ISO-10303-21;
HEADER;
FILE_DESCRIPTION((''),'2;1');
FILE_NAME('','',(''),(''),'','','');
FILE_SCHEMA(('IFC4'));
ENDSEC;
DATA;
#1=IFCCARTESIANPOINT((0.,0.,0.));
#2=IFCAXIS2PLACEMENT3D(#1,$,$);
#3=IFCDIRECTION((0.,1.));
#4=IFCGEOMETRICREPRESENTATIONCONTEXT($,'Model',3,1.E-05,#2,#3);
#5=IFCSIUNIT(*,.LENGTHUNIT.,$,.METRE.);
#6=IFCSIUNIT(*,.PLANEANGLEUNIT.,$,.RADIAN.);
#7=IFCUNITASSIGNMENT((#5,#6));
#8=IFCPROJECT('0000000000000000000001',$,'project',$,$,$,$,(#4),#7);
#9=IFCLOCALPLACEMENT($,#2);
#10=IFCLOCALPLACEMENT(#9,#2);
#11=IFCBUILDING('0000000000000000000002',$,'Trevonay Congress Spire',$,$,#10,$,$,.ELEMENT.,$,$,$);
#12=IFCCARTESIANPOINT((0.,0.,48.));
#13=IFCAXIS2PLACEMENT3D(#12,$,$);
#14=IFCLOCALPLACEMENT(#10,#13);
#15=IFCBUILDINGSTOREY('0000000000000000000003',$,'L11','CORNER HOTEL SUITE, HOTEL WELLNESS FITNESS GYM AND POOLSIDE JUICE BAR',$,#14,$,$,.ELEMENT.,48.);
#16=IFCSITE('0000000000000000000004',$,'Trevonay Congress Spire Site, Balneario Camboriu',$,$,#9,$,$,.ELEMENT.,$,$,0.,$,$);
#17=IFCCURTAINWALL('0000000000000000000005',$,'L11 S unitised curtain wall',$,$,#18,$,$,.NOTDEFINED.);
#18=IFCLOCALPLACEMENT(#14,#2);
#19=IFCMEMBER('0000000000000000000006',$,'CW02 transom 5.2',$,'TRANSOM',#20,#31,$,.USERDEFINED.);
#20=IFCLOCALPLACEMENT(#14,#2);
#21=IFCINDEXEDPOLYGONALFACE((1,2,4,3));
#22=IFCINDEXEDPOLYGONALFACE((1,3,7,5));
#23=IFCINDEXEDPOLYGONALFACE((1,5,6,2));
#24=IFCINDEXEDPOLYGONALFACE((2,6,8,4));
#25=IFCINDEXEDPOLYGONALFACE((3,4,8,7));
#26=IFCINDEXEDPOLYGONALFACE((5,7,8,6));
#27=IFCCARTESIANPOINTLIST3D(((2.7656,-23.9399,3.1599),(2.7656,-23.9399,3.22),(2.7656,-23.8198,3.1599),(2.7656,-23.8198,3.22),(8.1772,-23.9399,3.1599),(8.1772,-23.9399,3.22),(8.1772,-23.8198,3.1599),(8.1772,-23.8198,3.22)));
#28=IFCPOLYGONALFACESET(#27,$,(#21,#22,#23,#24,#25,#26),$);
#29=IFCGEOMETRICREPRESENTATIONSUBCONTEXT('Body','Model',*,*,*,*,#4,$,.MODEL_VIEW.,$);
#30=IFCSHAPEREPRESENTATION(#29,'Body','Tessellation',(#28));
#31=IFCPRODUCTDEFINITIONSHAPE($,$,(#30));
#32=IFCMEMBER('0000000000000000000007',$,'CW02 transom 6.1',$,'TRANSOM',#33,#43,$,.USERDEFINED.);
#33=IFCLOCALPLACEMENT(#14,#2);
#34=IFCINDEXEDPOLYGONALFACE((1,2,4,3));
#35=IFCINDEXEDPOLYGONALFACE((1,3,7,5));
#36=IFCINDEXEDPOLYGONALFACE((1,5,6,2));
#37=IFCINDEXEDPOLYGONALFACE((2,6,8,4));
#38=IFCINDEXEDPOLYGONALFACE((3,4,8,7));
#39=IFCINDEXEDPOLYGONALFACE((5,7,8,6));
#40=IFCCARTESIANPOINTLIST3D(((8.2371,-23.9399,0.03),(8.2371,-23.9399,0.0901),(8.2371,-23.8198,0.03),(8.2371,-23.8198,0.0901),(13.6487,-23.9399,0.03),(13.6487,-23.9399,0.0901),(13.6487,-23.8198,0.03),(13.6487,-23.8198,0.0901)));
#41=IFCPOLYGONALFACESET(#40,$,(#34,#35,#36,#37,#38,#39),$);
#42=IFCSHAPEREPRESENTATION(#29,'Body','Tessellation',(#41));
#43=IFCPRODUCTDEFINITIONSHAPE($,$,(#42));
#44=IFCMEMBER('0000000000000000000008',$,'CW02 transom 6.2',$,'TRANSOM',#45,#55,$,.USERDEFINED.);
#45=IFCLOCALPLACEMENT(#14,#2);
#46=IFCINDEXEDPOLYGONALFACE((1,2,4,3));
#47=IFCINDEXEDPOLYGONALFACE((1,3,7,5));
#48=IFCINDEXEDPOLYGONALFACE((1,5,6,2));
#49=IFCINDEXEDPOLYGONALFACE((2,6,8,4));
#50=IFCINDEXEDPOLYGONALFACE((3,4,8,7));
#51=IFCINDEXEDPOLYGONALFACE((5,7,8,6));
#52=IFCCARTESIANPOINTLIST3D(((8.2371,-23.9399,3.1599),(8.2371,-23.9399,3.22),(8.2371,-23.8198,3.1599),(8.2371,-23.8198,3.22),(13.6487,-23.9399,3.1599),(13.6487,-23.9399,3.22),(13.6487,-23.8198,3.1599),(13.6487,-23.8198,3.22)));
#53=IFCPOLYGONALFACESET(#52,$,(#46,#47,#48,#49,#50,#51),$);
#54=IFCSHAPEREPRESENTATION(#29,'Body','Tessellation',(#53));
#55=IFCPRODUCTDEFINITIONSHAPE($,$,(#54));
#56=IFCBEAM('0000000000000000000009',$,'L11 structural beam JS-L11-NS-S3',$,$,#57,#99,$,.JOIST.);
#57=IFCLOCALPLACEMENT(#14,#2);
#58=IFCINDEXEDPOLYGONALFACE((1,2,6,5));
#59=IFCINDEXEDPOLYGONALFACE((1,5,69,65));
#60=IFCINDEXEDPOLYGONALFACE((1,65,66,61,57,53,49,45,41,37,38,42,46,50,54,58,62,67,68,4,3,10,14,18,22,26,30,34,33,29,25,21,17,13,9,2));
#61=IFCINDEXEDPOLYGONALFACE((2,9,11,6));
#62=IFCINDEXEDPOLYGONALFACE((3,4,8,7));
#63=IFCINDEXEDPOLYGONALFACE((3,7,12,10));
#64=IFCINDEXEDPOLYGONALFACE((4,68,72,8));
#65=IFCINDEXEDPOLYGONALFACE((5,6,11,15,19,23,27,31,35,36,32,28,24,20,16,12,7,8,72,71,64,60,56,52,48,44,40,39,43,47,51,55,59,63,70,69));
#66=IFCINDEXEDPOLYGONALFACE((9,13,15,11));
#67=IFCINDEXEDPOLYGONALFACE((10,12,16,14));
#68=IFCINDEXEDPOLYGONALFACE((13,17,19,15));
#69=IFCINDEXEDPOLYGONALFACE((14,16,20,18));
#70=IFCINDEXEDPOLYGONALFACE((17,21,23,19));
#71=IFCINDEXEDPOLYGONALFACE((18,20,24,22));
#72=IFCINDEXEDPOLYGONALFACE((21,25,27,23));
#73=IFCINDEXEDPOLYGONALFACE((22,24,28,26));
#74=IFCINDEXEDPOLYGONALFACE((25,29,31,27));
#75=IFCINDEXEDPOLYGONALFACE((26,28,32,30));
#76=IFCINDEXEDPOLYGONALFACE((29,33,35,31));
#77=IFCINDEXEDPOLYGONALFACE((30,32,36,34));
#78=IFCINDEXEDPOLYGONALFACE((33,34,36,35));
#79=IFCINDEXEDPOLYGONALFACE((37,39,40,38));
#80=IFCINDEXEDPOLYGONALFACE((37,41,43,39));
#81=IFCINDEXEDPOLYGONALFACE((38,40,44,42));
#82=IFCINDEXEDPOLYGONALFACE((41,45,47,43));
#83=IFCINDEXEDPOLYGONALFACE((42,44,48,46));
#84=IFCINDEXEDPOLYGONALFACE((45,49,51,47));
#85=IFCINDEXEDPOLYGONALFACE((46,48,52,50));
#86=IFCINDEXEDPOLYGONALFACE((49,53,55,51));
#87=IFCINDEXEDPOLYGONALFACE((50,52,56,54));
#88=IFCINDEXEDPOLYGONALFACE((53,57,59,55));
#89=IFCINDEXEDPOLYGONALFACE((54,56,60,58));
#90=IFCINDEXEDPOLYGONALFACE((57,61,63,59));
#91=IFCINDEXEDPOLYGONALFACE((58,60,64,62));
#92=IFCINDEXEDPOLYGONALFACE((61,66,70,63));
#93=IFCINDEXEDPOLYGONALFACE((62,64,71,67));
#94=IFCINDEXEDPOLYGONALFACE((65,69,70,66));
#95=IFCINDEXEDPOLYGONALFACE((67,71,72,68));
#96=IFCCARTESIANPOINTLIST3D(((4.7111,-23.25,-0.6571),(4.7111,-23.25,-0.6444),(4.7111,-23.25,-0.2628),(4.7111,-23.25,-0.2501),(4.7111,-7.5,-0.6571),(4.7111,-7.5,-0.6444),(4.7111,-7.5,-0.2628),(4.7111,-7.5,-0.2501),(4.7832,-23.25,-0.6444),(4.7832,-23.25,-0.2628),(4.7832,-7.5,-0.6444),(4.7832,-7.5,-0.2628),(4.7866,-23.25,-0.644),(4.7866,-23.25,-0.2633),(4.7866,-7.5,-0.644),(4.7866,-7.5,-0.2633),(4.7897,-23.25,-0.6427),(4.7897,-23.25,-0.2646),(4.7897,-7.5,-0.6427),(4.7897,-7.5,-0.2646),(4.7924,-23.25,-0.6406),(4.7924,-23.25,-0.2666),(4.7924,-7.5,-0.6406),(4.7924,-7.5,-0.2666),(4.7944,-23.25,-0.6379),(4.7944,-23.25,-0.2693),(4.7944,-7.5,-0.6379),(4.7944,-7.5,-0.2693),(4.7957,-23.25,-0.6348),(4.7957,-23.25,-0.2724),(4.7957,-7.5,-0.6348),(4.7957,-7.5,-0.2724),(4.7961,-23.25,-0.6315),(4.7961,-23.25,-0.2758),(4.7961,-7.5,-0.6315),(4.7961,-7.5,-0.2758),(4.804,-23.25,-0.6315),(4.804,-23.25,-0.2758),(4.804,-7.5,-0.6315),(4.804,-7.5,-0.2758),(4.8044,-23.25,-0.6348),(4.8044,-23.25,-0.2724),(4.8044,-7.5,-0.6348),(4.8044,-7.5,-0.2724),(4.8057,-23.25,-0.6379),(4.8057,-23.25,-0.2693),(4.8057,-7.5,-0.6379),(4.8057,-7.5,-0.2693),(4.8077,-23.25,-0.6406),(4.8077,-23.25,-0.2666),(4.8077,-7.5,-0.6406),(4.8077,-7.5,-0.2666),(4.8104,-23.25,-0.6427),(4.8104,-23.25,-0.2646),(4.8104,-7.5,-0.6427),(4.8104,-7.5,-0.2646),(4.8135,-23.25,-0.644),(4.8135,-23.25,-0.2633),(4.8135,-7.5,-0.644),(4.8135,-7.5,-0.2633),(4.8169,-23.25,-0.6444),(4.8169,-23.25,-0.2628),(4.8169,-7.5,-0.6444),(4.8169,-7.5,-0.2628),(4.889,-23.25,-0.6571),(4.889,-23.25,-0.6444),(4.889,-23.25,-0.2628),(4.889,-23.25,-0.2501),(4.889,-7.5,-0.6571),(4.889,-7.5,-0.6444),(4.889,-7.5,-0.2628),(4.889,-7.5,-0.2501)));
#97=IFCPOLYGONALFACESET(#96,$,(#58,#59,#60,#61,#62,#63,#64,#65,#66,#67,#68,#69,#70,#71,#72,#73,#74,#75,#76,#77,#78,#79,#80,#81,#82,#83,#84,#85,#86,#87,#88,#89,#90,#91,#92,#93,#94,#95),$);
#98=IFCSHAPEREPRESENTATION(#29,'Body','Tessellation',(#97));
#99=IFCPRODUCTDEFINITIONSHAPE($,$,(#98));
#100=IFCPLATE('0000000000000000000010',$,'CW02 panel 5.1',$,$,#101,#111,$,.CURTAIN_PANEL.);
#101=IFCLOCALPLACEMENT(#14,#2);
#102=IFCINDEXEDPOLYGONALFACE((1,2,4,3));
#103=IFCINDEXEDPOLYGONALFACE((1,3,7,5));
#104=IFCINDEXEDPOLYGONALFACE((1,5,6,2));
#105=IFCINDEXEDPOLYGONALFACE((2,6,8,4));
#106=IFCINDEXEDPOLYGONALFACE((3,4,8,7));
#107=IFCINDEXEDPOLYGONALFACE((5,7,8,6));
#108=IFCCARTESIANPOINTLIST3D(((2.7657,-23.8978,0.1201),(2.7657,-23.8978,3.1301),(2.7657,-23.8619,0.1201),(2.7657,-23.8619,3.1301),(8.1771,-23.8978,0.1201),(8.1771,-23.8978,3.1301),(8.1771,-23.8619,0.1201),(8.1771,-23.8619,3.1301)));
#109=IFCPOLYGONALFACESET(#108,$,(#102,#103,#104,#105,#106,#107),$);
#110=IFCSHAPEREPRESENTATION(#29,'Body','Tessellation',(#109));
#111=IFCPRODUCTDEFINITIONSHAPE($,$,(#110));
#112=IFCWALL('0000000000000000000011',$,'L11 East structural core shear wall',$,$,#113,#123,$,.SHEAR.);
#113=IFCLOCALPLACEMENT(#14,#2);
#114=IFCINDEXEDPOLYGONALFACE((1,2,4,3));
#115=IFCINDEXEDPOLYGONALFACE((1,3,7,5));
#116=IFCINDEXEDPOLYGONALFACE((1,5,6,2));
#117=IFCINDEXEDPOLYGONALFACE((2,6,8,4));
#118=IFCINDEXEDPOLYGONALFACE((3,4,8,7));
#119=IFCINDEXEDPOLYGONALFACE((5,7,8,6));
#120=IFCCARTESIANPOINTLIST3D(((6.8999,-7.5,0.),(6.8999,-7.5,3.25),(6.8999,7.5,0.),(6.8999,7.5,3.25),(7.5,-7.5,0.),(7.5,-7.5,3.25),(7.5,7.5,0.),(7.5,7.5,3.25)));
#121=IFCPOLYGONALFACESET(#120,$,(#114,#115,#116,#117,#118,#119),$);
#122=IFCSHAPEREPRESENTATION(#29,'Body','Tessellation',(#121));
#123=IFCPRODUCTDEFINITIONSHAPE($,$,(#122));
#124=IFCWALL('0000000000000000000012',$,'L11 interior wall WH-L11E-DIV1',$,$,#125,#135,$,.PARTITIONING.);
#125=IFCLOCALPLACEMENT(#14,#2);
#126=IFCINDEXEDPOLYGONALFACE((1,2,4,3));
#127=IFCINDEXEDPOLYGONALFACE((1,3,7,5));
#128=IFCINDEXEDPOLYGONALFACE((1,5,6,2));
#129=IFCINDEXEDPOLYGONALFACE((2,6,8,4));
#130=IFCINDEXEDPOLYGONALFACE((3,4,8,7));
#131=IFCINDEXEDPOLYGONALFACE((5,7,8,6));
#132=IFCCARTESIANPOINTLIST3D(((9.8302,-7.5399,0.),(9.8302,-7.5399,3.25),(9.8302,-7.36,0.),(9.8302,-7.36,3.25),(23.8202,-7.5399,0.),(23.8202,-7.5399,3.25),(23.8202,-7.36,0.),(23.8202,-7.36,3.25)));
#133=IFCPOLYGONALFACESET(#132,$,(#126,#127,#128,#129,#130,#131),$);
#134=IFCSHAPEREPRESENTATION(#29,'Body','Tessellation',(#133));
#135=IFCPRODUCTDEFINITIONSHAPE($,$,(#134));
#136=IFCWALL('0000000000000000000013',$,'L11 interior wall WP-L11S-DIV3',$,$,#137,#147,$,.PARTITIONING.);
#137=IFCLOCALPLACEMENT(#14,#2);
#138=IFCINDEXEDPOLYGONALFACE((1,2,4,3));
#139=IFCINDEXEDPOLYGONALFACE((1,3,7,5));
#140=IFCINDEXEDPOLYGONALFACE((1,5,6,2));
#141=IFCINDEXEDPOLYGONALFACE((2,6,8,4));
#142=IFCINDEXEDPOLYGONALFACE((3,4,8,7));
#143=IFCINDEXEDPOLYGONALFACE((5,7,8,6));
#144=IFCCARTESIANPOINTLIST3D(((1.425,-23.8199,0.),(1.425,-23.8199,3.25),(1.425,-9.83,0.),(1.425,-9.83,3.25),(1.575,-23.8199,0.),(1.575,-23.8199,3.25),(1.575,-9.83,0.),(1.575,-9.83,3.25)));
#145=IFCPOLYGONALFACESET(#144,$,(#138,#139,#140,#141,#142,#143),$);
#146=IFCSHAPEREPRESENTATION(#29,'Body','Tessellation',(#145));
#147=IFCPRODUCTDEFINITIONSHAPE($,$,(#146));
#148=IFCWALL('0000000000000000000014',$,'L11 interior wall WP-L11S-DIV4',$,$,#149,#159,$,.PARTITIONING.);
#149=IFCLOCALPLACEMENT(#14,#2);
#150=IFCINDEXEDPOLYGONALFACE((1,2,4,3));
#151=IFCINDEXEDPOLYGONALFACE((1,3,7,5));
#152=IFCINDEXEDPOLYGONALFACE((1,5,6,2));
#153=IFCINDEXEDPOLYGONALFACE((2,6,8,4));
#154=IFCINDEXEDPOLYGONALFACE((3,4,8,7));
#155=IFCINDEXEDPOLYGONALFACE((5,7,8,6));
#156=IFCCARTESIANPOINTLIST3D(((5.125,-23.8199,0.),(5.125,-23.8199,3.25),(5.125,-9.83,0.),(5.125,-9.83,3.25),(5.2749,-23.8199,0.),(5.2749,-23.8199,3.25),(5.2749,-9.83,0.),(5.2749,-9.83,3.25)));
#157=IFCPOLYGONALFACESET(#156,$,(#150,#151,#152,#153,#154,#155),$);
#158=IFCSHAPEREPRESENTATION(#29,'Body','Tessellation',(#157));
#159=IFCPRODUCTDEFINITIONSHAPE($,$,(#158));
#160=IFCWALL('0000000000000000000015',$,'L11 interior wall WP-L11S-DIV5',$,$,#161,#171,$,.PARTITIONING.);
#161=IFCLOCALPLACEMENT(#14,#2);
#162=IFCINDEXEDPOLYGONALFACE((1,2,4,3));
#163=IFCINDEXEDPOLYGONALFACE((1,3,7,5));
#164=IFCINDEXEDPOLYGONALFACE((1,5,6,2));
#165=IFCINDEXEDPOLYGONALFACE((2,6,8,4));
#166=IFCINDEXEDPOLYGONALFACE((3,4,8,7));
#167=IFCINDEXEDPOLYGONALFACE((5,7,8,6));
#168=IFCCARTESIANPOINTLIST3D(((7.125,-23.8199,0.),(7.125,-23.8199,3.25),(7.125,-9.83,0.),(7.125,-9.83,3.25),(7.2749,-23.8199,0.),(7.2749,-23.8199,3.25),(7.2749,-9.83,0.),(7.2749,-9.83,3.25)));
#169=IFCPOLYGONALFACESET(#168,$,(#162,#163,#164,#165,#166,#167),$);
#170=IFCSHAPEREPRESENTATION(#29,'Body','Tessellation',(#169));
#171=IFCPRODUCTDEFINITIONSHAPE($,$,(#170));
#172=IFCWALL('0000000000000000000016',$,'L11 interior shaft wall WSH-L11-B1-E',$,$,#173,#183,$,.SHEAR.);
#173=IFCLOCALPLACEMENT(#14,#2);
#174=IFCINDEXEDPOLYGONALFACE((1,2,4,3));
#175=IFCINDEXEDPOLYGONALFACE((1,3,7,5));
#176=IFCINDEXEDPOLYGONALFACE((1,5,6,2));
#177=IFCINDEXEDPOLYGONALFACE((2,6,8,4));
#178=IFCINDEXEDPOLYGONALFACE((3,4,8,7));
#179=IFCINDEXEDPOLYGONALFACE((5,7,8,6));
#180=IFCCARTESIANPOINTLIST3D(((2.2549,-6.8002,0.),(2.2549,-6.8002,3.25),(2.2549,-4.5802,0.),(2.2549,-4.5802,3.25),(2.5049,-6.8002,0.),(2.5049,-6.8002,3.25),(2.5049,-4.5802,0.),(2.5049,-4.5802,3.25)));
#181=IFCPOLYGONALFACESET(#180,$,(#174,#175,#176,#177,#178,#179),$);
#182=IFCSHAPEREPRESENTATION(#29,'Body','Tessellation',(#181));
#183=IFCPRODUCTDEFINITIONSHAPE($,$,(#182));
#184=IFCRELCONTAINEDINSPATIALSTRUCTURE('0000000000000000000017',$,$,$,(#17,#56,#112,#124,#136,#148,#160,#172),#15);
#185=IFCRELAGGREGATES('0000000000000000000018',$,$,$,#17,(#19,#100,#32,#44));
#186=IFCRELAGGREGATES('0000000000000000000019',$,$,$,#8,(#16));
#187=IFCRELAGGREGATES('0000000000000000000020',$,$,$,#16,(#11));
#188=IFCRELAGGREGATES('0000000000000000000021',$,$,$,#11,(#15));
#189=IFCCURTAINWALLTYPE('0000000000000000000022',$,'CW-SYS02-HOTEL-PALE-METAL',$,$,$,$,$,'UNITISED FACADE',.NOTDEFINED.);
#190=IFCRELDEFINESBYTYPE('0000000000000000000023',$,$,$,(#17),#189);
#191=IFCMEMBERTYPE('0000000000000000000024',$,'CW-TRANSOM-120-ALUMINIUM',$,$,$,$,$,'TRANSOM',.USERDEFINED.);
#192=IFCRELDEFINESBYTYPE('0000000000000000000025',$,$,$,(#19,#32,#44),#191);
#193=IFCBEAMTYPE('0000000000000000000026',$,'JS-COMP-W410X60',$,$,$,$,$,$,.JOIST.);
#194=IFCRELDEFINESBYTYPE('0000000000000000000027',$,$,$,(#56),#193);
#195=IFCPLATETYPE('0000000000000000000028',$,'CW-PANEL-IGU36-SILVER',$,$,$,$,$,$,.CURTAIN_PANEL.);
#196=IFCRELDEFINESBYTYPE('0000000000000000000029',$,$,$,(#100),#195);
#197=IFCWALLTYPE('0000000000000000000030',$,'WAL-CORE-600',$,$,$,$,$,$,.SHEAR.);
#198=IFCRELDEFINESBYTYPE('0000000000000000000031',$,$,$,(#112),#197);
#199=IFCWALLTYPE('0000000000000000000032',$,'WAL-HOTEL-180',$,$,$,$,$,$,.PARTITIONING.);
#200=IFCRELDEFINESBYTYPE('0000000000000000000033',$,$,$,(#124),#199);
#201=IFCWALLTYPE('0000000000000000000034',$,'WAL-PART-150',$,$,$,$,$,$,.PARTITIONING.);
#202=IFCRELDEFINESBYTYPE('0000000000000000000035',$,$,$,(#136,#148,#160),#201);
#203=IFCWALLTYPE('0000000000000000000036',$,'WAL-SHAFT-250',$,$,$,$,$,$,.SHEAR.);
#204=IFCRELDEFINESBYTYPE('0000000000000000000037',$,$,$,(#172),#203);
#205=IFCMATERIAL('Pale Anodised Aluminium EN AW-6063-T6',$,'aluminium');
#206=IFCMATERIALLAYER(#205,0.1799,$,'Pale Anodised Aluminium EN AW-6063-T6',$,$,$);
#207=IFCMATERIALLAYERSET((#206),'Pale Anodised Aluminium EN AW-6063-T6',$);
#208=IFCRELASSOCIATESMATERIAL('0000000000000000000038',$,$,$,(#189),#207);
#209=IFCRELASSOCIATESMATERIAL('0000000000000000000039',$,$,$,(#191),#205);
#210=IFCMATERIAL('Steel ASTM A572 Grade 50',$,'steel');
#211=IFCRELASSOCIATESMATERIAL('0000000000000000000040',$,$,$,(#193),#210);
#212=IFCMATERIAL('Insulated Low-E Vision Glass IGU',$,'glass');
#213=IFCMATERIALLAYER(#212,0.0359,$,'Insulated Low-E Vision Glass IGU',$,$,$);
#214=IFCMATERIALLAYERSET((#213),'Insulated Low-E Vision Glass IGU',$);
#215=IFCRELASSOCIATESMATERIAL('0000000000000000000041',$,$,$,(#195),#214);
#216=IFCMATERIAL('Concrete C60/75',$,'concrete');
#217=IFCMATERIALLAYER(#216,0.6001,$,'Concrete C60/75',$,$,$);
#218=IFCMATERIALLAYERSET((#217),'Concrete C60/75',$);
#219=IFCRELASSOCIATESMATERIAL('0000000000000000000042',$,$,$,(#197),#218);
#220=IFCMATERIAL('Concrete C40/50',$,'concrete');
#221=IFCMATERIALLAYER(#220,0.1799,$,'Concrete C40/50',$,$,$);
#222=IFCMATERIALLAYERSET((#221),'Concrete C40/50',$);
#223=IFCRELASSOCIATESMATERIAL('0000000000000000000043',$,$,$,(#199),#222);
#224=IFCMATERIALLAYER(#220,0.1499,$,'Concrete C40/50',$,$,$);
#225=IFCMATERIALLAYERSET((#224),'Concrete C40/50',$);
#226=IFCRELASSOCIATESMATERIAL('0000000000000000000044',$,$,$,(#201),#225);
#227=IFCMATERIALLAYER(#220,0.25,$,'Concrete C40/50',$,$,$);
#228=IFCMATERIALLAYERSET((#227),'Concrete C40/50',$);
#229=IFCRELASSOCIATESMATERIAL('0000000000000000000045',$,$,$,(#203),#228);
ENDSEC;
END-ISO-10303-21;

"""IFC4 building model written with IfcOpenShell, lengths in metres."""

from ifc_helpers import new_model, si_unit, direction, frame, frame_2d, origin, origin_2d, place, context, subcontext, project, spatial, rectangle, i_section, extrude, material, layer, layer_set, material_profile, profile_set, type_object, element, aggregate, save


model = new_model("IFC4")

# Units and contexts
model_context = context("Model", 3, precision=1e-05, world=origin(), true_north=direction((0.0, 1.0)))
body_context = subcontext(model_context, "Body", "Model", "MODEL_VIEW")
ifc_project = project(units=[si_unit("LENGTHUNIT", "METRE"), si_unit("PLANEANGLEUNIT", "RADIAN")], contexts=[model_context])

# Site, building, storey
site_placement = place(None, origin())
site = spatial("IfcSite", under=ifc_project, at=site_placement, Name="Trevonay Congress Spire Site, Balneario Camboriu", CompositionType="ELEMENT", RefElevation=0.0)
building_placement = place(site_placement, origin())
building = spatial("IfcBuilding", under=site, at=building_placement, Name="Trevonay Congress Spire", CompositionType="ELEMENT")
storey_placement = place(building_placement, frame((0.0, 0.0, 48.0)))
storey = spatial("IfcBuildingStorey", under=building, at=storey_placement, Name="L11", Description="CORNER HOTEL SUITE, HOTEL WELLNESS FITNESS GYM AND POOLSIDE JUICE BAR", CompositionType="ELEMENT", Elevation=48.0)

# Shared definitions
ifc_material_1 = material(Name="Steel ASTM A572 Grade 50", Category="steel")

# Curtain wall, members
ifc_material_2 = material(Name="Pale Anodised Aluminium EN AW-6063-T6", Category="aluminium")
ifc_layer_1 = layer(ifc_material_2, 0.1799, Name="Pale Anodised Aluminium EN AW-6063-T6")
ifc_layer_set_1 = layer_set([ifc_layer_1], Name="Pale Anodised Aluminium EN AW-6063-T6")
curtain_wall_type = type_object("IfcCurtainWallType", Name="CW-SYS02-HOTEL-PALE-METAL", ElementType="UNITISED FACADE", PredefinedType="NOTDEFINED", material=ifc_layer_set_1)
curtain_wall_placement = place(storey_placement, origin())
curtain_wall = element("IfcCurtainWall", 1, at=curtain_wall_placement, inside=storey, type_object=curtain_wall_type, Name="L11 S unitised curtain wall", PredefinedType="NOTDEFINED")
ifc_material_profile_1 = material_profile(ifc_material_2, rectangle(XDim=0.1201, YDim=0.0601, at=origin_2d()), Name="CW-TRANSOM-120-ALUMINIUM")
ifc_profile_set_1 = profile_set([ifc_material_profile_1], Name="Pale Anodised Aluminium EN AW-6063-T6")
member_type_1 = type_object("IfcMemberType", Name="CW-TRANSOM-120-ALUMINIUM", ElementType="TRANSOM", PredefinedType="USERDEFINED", material=ifc_profile_set_1)
member_1_placement = place(storey_placement, frame((2.7656, -23.8799, 3.1899), z_axis=(1.0, 0.0, 0.0), x_axis=(0.0, 1.0, 0.0)))
member_1 = element("IfcMember", 2, at=member_1_placement, type_object=member_type_1, Name="CW02 transom 5.2", ObjectType="TRANSOM", PredefinedType="USERDEFINED", context=body_context, shape_type="SweptSolid", body=[
    extrude(rectangle(XDim=0.1201, YDim=0.0601, at=origin_2d()), origin(), (0.0, 0.0, 1.0), 5.4116),
])
member_2_placement = place(storey_placement, frame((8.2371, -23.8799, 0.0601), z_axis=(1.0, 0.0, 0.0), x_axis=(0.0, 1.0, 0.0)))
member_2 = element("IfcMember", 3, at=member_2_placement, type_object=member_type_1, Name="CW02 transom 6.1", ObjectType="TRANSOM", PredefinedType="USERDEFINED", context=body_context, shape_type="SweptSolid", body=[
    extrude(rectangle(XDim=0.1201, YDim=0.0601, at=origin_2d()), origin(), (0.0, 0.0, 1.0), 5.4116),
])
member_3_placement = place(storey_placement, frame((8.2371, -23.8799, 3.1899), z_axis=(1.0, 0.0, 0.0), x_axis=(0.0, 1.0, 0.0)))
member_3 = element("IfcMember", 4, at=member_3_placement, type_object=member_type_1, Name="CW02 transom 6.2", ObjectType="TRANSOM", PredefinedType="USERDEFINED", context=body_context, shape_type="SweptSolid", body=[
    extrude(rectangle(XDim=0.1201, YDim=0.0601, at=origin_2d()), origin(), (0.0, 0.0, 1.0), 5.4116),
])

# Beam
ifc_material_profile_2 = material_profile(ifc_material_1, i_section(OverallWidth=0.178, OverallDepth=0.407, WebThickness=0.0078, FlangeThickness=0.0127, FilletRadius=0.0129, at=origin_2d()), Name="W410x60")
ifc_profile_set_2 = profile_set([ifc_material_profile_2], Name="Steel ASTM A572 Grade 50")
beam_type_1 = type_object("IfcBeamType", Name="JS-COMP-W410X60", PredefinedType="JOIST", material=ifc_profile_set_2)
beam_1_placement = place(storey_placement, frame((4.8, -23.25, -0.4536), z_axis=(0.0, 1.0, 0.0), x_axis=(-1.0, 0.0, 0.0)))
element("IfcBeam", 5, at=beam_1_placement, inside=storey, type_object=beam_type_1, Name="L11 structural beam JS-L11-NS-S3", PredefinedType="JOIST", context=body_context, shape_type="SweptSolid", body=[
    extrude(i_section(OverallWidth=0.178, OverallDepth=0.407, WebThickness=0.0078, FlangeThickness=0.0127, FilletRadius=0.0129, at=origin_2d()), origin(), (0.0, 0.0, 1.0), 15.75),
])

# Plate
ifc_material_3 = material(Name="Insulated Low-E Vision Glass IGU", Category="glass")
ifc_layer_2 = layer(ifc_material_3, 0.0359, Name="Insulated Low-E Vision Glass IGU")
ifc_layer_set_2 = layer_set([ifc_layer_2], Name="Insulated Low-E Vision Glass IGU")
plate_type = type_object("IfcPlateType", Name="CW-PANEL-IGU36-SILVER", PredefinedType="CURTAIN_PANEL", material=ifc_layer_set_2)
plate_placement = place(storey_placement, frame((5.4714, -23.8799, 0.1201), z_axis=(0.0, 0.0, 1.0), x_axis=(1.0, 0.0, 0.0)))
plate = element("IfcPlate", 6, at=plate_placement, type_object=plate_type, Name="CW02 panel 5.1", PredefinedType="CURTAIN_PANEL", context=body_context, shape_type="SweptSolid", body=[
    extrude(rectangle(XDim=5.4114, YDim=0.0359, at=origin_2d()), origin(), (0.0, 0.0, 1.0), 3.01),
])
aggregate(curtain_wall, [member_1, plate, member_2, member_3])

# Walls
ifc_material_4 = material(Name="Concrete C60/75", Category="concrete")
ifc_layer_3 = layer(ifc_material_4, 0.6001, Name="Concrete C60/75")
ifc_layer_set_3 = layer_set([ifc_layer_3], Name="Concrete C60/75")
wall_type_1 = type_object("IfcWallType", Name="WAL-CORE-600", PredefinedType="SHEAR", material=ifc_layer_set_3)
wall_1_placement = place(storey_placement, frame((7.2, -7.5, 0.0), z_axis=(0.0, 0.0, 1.0), x_axis=(0.0, 1.0, 0.0)))
element("IfcWall", 7, at=wall_1_placement, inside=storey, type_object=wall_type_1, Name="L11 East structural core shear wall", PredefinedType="SHEAR", context=body_context, shape_type="SweptSolid", body=[
    extrude(rectangle(XDim=15.0, YDim=0.6001, at=frame_2d((7.5, 0.0))), origin(), (0.0, 0.0, 1.0), 3.25),
])
ifc_material_5 = material(Name="Concrete C40/50", Category="concrete")
ifc_layer_4 = layer(ifc_material_5, 0.1799, Name="Concrete C40/50")
ifc_layer_set_4 = layer_set([ifc_layer_4], Name="Concrete C40/50")
wall_type_2 = type_object("IfcWallType", Name="WAL-HOTEL-180", PredefinedType="PARTITIONING", material=ifc_layer_set_4)
wall_2_placement = place(storey_placement, frame((9.8301, -7.45, 0.0), z_axis=(0.0, 0.0, 1.0), x_axis=(1.0, 0.0, 0.0)))
element("IfcWall", 8, at=wall_2_placement, inside=storey, type_object=wall_type_2, Name="L11 interior wall WH-L11E-DIV1", PredefinedType="PARTITIONING", context=body_context, shape_type="SweptSolid", body=[
    extrude(rectangle(XDim=13.99, YDim=0.1799, at=frame_2d((6.9951, 0.0))), origin(), (0.0, 0.0, 1.0), 3.25),
])
ifc_layer_5 = layer(ifc_material_5, 0.1499, Name="Concrete C40/50")
ifc_layer_set_5 = layer_set([ifc_layer_5], Name="Concrete C40/50")
wall_type_3 = type_object("IfcWallType", Name="WAL-PART-150", PredefinedType="PARTITIONING", material=ifc_layer_set_5)
for number, where, z_axis, x_axis, name in (
    (9, (1.5, -23.8201, 0.0), (0.0, 0.0, 1.0), (0.0, 1.0, 0.0), "L11 interior wall WP-L11S-DIV3"),
    (10, (5.2, -23.8201, 0.0), (0.0, 0.0, 1.0), (0.0, 1.0, 0.0), "L11 interior wall WP-L11S-DIV4"),
    (11, (7.2, -23.8201, 0.0), (0.0, 0.0, 1.0), (0.0, 1.0, 0.0), "L11 interior wall WP-L11S-DIV5"),
):
    element("IfcWall", number, at=place(storey_placement, frame(where, z_axis=z_axis, x_axis=x_axis)), inside=storey, type_object=wall_type_3, Name=name, PredefinedType="PARTITIONING", context=body_context, shape_type="SweptSolid", body=[
        extrude(rectangle(XDim=13.99, YDim=0.1499, at=frame_2d((6.9951, 0.0))), origin(), (0.0, 0.0, 1.0), 3.25),
    ])
ifc_layer_6 = layer(ifc_material_5, 0.25, Name="Concrete C40/50")
ifc_layer_set_6 = layer_set([ifc_layer_6], Name="Concrete C40/50")
wall_type_4 = type_object("IfcWallType", Name="WAL-SHAFT-250", PredefinedType="SHEAR", material=ifc_layer_set_6)
wall_3_placement = place(storey_placement, frame((2.3799, -6.8, 0.0), z_axis=(0.0, 0.0, 1.0), x_axis=(0.0, 1.0, 0.0)))
element("IfcWall", 12, at=wall_3_placement, inside=storey, type_object=wall_type_4, Name="L11 interior shaft wall WSH-L11-B1-E", PredefinedType="SHEAR", context=body_context, shape_type="SweptSolid", body=[
    extrude(rectangle(XDim=2.22, YDim=0.25, at=frame_2d((1.1099, 0.0))), origin(), (0.0, 0.0, 1.0), 3.25),
])

save(model, "model.ifc")
